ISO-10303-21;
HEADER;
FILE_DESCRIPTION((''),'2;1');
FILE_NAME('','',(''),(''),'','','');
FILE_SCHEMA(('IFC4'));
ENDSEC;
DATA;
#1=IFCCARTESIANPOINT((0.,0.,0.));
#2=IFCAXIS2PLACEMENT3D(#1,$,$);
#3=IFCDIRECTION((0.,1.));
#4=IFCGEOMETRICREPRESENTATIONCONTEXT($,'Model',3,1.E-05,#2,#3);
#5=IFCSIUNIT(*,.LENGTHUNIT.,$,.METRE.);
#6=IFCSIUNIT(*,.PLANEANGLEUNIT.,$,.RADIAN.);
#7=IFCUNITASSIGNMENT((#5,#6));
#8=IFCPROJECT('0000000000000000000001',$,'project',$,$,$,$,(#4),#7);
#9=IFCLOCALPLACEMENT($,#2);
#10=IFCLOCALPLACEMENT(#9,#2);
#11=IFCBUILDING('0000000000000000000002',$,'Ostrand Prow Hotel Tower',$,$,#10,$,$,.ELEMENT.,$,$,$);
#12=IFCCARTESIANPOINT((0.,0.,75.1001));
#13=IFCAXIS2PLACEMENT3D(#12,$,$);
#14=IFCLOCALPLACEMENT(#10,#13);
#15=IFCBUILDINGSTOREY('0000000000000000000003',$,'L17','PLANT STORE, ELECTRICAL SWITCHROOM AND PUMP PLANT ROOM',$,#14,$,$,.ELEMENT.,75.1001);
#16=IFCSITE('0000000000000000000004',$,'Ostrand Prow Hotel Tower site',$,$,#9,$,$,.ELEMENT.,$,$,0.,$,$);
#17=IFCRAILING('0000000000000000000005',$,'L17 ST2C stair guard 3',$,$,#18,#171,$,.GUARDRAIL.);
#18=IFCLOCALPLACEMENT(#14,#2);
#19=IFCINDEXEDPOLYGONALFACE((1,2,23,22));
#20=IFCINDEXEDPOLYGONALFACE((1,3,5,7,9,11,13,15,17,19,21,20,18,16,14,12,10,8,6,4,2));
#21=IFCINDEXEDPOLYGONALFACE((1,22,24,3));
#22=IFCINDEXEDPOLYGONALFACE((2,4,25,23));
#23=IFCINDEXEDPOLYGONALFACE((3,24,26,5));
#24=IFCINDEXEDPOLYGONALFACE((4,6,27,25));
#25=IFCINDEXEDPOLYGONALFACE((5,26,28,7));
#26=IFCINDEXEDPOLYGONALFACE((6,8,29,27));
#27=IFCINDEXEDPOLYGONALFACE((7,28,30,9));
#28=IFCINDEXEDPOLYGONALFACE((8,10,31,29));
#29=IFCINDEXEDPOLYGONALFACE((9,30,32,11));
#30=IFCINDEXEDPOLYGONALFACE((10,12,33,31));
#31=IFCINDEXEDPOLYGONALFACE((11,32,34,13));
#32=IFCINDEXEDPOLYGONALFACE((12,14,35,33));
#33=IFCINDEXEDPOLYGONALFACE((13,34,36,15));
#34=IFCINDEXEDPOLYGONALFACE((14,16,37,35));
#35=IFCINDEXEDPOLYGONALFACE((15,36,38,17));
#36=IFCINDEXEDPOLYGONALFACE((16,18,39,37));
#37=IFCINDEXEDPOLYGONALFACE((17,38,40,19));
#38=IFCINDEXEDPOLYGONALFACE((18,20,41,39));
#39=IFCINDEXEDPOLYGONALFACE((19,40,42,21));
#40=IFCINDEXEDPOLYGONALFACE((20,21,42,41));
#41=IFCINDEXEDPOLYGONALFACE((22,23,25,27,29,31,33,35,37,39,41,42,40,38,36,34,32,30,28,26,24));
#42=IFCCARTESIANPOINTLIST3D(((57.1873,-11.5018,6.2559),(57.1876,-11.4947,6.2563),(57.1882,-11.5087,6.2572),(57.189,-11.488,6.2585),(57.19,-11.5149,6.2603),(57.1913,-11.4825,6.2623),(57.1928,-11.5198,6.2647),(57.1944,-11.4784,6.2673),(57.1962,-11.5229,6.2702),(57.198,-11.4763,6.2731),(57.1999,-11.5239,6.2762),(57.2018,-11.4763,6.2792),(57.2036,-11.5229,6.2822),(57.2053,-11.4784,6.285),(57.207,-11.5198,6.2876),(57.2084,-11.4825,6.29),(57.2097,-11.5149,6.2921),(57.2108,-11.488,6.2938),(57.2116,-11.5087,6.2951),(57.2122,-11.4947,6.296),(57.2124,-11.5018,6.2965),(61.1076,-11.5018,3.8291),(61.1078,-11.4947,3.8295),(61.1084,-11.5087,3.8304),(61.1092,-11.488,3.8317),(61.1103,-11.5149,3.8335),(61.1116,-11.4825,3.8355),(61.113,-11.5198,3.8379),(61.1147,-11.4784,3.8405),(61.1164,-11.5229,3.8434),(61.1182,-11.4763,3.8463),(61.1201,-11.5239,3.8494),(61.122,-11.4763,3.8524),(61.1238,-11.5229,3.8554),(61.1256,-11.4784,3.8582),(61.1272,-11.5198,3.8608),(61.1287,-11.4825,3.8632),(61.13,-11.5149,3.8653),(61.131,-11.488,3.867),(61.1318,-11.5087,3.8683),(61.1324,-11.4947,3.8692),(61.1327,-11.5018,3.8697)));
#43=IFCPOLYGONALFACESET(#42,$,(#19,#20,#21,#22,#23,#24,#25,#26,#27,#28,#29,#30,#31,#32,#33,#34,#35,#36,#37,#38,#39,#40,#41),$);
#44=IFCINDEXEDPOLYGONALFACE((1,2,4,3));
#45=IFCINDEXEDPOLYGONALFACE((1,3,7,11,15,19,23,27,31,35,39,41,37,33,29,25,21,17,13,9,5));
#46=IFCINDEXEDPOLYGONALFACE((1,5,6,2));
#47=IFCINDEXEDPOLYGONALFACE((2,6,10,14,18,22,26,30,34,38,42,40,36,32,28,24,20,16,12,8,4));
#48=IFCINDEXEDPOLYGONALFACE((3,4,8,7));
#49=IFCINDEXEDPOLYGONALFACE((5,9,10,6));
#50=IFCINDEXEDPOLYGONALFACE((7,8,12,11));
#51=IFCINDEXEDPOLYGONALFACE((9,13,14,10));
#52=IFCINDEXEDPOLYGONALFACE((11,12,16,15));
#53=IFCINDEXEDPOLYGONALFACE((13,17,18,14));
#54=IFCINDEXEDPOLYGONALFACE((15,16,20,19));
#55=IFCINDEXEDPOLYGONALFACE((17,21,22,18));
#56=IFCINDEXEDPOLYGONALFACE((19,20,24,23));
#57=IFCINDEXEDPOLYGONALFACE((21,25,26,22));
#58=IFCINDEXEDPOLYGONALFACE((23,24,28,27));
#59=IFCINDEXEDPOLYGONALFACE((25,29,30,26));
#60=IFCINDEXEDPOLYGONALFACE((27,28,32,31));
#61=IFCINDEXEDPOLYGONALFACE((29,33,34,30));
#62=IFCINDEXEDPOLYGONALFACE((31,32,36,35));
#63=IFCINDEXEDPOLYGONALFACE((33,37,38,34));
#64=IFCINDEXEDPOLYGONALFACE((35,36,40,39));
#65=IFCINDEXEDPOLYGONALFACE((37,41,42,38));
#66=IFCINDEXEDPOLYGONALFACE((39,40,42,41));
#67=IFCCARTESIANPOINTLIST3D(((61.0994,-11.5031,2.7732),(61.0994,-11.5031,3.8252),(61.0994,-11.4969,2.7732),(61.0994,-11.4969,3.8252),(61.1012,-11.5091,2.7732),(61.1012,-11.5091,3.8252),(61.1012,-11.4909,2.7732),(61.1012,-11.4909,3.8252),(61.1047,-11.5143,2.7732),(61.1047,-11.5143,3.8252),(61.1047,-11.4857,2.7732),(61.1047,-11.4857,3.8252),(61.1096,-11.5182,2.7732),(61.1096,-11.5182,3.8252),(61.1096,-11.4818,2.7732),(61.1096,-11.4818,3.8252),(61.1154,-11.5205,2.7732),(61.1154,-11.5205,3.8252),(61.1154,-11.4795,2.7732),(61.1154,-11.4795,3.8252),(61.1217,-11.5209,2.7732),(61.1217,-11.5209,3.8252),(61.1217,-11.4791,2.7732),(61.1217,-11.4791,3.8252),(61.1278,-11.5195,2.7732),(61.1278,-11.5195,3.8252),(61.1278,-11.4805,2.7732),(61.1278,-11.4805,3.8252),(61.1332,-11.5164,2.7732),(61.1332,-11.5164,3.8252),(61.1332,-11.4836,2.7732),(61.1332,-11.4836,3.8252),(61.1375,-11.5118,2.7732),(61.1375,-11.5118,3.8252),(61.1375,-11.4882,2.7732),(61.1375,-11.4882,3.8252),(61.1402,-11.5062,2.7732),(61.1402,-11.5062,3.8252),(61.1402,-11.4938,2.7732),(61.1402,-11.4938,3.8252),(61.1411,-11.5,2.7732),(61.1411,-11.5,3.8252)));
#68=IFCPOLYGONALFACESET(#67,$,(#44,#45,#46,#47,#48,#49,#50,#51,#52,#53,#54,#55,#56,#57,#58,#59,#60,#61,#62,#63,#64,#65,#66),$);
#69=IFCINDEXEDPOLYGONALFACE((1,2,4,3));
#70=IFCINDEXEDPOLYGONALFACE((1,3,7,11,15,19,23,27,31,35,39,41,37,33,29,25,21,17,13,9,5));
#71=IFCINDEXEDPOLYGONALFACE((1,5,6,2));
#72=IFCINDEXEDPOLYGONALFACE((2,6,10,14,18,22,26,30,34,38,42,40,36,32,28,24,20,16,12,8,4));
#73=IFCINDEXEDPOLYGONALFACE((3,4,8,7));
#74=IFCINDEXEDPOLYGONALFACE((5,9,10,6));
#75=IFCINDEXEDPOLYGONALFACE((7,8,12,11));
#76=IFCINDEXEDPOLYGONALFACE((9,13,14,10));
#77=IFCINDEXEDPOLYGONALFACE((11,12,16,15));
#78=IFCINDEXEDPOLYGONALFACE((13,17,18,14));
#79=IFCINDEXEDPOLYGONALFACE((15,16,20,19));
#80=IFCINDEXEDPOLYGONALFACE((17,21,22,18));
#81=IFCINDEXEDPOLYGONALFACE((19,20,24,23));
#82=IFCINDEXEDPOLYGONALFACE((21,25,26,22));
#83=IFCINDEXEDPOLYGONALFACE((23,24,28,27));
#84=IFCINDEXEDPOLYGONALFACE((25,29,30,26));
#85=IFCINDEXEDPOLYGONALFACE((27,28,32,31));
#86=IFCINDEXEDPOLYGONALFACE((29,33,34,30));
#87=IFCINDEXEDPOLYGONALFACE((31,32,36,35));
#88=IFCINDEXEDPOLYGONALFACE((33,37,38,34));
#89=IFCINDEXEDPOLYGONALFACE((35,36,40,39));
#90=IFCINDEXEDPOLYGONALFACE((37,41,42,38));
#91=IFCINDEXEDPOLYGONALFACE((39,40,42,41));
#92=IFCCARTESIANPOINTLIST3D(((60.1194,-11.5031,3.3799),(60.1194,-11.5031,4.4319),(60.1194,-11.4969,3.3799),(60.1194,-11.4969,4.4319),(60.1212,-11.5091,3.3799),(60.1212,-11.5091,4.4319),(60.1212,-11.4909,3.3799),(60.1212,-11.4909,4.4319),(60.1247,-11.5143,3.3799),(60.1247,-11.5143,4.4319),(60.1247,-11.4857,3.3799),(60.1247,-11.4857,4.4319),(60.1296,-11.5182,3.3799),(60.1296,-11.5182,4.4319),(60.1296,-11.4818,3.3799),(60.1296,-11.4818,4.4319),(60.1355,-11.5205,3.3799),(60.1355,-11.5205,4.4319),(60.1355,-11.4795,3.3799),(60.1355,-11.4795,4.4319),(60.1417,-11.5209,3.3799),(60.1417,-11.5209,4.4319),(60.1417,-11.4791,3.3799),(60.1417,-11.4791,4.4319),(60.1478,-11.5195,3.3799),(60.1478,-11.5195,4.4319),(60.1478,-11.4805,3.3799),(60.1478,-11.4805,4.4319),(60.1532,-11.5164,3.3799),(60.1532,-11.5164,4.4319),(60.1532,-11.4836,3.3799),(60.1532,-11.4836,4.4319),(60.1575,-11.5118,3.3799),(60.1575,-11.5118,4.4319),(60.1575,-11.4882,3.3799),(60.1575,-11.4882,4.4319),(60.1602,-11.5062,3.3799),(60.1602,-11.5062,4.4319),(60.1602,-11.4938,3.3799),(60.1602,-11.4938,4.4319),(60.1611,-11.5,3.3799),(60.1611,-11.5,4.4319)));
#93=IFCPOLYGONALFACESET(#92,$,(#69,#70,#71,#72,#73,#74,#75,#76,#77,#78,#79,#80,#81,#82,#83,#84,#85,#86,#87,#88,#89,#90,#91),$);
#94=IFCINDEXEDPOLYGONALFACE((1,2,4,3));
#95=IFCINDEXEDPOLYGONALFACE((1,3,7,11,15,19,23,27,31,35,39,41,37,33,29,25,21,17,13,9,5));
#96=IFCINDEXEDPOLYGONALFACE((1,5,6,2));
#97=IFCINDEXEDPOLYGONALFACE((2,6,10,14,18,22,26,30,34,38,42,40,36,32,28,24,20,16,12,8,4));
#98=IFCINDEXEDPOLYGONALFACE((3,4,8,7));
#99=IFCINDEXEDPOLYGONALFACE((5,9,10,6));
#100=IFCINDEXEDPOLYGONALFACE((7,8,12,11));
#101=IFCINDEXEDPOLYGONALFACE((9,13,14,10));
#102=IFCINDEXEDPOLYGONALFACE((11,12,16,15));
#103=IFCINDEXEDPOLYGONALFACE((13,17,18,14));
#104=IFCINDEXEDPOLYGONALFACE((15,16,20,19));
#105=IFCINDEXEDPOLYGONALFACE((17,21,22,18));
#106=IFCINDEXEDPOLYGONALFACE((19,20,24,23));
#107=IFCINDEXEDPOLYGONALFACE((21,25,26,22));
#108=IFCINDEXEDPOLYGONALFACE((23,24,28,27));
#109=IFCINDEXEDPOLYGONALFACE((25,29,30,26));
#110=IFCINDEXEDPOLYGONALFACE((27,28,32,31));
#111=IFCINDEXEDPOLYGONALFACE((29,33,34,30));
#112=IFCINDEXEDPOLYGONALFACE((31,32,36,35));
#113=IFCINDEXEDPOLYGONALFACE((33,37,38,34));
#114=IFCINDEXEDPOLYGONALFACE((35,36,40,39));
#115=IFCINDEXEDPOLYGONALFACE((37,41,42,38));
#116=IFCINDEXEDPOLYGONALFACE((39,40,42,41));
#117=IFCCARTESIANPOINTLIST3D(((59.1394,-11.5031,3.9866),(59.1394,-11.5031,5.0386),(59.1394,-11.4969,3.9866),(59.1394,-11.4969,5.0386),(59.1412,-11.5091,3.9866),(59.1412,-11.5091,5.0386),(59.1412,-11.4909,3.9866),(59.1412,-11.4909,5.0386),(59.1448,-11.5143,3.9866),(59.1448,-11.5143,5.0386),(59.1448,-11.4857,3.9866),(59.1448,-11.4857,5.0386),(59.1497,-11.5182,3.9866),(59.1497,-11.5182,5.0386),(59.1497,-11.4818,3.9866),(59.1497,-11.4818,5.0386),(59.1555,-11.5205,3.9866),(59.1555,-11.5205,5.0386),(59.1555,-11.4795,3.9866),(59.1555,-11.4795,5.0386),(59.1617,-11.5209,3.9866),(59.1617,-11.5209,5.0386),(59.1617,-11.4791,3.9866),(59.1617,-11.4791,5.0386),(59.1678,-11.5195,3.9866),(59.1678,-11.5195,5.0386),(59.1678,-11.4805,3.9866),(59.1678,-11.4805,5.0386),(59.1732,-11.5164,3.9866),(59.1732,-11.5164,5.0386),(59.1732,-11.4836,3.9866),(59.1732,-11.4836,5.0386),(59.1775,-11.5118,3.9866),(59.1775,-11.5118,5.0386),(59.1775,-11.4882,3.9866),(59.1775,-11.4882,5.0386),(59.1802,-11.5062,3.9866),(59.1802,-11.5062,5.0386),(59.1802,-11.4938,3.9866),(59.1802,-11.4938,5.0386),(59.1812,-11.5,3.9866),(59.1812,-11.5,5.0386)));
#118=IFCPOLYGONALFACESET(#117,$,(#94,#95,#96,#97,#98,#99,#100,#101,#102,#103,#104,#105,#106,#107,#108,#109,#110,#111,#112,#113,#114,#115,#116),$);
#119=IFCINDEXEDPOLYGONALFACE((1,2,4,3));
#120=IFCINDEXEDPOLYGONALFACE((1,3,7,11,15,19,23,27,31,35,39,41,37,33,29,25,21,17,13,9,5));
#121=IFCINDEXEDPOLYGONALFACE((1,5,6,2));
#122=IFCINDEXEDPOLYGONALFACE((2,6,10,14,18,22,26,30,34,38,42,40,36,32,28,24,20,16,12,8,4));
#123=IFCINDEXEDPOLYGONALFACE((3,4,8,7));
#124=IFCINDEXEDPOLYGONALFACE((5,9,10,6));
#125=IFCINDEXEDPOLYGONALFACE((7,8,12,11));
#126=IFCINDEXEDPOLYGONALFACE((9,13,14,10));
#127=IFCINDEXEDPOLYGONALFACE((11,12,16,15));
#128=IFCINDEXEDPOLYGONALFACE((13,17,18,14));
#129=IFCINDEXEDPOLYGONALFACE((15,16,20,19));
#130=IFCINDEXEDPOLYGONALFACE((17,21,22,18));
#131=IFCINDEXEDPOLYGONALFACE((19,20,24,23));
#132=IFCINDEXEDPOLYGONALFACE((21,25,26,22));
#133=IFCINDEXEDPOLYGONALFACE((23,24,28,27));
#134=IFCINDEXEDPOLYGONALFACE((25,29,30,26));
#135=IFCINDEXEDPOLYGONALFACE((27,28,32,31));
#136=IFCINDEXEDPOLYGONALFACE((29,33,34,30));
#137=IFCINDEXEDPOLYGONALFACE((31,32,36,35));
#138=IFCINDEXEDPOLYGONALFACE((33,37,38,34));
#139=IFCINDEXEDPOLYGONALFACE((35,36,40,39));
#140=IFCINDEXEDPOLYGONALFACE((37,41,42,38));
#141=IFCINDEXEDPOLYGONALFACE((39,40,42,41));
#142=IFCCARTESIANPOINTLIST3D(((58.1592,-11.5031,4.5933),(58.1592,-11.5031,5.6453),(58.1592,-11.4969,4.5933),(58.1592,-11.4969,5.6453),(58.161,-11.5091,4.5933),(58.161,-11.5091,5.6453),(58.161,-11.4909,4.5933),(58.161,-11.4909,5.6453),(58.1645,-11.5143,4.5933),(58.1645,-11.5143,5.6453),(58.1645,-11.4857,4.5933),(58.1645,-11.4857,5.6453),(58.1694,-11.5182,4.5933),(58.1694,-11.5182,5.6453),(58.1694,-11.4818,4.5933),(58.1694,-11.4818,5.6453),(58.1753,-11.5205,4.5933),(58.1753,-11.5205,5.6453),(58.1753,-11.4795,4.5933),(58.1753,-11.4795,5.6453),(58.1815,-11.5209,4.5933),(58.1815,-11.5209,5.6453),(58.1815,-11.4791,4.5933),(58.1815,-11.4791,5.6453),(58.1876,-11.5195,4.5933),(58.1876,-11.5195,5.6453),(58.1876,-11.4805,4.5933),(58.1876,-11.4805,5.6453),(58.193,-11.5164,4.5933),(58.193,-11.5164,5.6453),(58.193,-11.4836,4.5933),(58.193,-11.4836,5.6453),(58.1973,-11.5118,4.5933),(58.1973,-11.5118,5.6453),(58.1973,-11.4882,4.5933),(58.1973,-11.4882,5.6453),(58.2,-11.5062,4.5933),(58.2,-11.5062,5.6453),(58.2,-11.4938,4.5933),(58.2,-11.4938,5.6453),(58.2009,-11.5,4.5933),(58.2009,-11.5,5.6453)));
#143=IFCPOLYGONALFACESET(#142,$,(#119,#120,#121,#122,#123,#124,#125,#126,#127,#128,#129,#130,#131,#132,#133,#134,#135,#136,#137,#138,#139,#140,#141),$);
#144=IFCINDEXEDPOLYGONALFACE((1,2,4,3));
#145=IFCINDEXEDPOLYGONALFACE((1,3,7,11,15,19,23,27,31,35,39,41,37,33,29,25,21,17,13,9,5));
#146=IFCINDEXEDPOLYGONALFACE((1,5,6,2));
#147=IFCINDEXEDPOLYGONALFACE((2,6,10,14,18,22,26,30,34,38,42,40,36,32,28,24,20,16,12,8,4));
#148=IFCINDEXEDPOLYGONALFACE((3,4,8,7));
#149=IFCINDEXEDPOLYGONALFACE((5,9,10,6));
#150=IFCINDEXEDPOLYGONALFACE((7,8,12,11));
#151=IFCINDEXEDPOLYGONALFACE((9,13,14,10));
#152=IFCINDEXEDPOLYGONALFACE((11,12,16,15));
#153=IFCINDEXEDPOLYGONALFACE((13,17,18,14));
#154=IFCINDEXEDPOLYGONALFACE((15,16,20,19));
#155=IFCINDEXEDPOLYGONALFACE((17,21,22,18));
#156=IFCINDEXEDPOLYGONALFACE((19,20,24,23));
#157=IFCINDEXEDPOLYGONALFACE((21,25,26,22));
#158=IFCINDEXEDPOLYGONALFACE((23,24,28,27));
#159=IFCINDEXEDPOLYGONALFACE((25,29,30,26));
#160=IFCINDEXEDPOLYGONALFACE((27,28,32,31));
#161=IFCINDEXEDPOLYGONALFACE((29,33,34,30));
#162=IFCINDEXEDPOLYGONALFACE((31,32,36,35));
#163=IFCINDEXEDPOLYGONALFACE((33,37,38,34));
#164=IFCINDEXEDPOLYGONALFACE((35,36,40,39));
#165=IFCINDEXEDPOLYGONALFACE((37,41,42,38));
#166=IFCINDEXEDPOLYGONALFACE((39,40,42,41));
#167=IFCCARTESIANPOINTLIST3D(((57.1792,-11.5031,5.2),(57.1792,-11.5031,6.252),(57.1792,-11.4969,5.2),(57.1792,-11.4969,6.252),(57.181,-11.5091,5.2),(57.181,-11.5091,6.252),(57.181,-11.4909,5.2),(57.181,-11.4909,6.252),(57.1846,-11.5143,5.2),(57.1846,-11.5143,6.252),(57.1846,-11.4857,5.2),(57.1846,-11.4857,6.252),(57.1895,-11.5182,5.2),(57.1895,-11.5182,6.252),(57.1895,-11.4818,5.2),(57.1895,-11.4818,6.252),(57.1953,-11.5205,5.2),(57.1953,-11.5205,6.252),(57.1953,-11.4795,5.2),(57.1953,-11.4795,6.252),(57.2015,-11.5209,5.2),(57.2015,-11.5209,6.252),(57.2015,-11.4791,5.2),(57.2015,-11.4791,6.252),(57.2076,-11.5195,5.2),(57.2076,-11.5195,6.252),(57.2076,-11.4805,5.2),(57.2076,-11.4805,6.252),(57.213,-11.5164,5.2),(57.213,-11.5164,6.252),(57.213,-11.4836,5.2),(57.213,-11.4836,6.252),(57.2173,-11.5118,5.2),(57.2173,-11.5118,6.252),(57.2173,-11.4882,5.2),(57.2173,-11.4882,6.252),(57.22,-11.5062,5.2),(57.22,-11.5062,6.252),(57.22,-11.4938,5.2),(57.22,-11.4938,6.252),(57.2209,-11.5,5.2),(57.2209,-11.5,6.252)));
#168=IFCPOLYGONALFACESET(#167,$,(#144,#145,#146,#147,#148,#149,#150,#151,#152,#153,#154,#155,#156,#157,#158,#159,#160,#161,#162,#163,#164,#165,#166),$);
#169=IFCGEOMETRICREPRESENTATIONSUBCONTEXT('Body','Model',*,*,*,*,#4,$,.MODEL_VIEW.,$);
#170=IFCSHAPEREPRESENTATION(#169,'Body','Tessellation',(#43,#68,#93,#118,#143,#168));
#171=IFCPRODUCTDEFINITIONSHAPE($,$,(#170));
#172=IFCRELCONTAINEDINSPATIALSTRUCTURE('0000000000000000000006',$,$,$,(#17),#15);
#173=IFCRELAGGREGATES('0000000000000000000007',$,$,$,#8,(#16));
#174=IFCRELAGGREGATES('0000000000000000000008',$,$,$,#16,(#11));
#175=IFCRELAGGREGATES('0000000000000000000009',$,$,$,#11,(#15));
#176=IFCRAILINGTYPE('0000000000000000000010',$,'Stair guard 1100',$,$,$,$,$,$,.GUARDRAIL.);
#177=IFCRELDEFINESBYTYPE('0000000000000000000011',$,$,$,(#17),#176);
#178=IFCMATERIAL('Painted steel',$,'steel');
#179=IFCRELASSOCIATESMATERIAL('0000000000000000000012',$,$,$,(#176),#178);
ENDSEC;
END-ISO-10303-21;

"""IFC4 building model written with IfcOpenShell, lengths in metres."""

from ifc_helpers import new_model, si_unit, direction, frame, origin, origin_2d, place, context, subcontext, project, spatial, circle, extrude, material, type_object, element, save


model = new_model("IFC4")

# Units and contexts
model_context = context("Model", 3, precision=1e-05, world=origin(), true_north=direction((0.0, 1.0)))
body_context = subcontext(model_context, "Body", "Model", "MODEL_VIEW")
ifc_project = project(units=[si_unit("LENGTHUNIT", "METRE"), si_unit("PLANEANGLEUNIT", "RADIAN")], contexts=[model_context])

# Site, building, storey
site_placement = place(None, origin())
site = spatial("IfcSite", under=ifc_project, at=site_placement, Name="Ostrand Prow Hotel Tower site", CompositionType="ELEMENT", RefElevation=0.0)
building_placement = place(site_placement, origin())
building = spatial("IfcBuilding", under=site, at=building_placement, Name="Ostrand Prow Hotel Tower", CompositionType="ELEMENT")
storey_placement = place(building_placement, frame((0.0, 0.0, 75.1001)))
storey = spatial("IfcBuildingStorey", under=building, at=storey_placement, Name="L17", Description="PLANT STORE, ELECTRICAL SWITCHROOM AND PUMP PLANT ROOM", CompositionType="ELEMENT", Elevation=75.1001)

# Railing
ifc_material_1 = material(Name="Painted steel", Category="steel")
railing_type_1 = type_object("IfcRailingType", Name="Stair guard 1100", PredefinedType="GUARDRAIL", material=ifc_material_1)
railing_1_placement = place(storey_placement, frame((61.1201, -11.5, 2.7732)))
element("IfcRailing", 1, at=railing_1_placement, inside=storey, type_object=railing_type_1, Name="L17 ST2C stair guard 3", PredefinedType="GUARDRAIL", context=body_context, shape_type="SweptSolid", body=[
    extrude(circle(Radius=0.0239, at=origin_2d()), frame((0.0, 0.0, 1.0762), z_axis=(-0.850266, 0.0, 0.526353), x_axis=(0.0, -1.0, 0.0)), (0.0, 0.0, 1.0), 4.6106),
    extrude(circle(Radius=0.021, at=origin_2d()), origin(), (0.0, 0.0, 1.0), 1.052),
    extrude(circle(Radius=0.021, at=origin_2d()), frame((-0.98, 0.0, 0.6067)), (0.0, 0.0, 1.0), 1.052),
    extrude(circle(Radius=0.021, at=origin_2d()), frame((-1.96, 0.0, 1.2134)), (0.0, 0.0, 1.0), 1.052),
    extrude(circle(Radius=0.021, at=origin_2d()), frame((-2.9402, 0.0, 1.8201)), (0.0, 0.0, 1.0), 1.052),
    extrude(circle(Radius=0.021, at=origin_2d()), frame((-3.9202, 0.0, 2.4268)), (0.0, 0.0, 1.0), 1.052),
])

save(model, "model.ifc")
